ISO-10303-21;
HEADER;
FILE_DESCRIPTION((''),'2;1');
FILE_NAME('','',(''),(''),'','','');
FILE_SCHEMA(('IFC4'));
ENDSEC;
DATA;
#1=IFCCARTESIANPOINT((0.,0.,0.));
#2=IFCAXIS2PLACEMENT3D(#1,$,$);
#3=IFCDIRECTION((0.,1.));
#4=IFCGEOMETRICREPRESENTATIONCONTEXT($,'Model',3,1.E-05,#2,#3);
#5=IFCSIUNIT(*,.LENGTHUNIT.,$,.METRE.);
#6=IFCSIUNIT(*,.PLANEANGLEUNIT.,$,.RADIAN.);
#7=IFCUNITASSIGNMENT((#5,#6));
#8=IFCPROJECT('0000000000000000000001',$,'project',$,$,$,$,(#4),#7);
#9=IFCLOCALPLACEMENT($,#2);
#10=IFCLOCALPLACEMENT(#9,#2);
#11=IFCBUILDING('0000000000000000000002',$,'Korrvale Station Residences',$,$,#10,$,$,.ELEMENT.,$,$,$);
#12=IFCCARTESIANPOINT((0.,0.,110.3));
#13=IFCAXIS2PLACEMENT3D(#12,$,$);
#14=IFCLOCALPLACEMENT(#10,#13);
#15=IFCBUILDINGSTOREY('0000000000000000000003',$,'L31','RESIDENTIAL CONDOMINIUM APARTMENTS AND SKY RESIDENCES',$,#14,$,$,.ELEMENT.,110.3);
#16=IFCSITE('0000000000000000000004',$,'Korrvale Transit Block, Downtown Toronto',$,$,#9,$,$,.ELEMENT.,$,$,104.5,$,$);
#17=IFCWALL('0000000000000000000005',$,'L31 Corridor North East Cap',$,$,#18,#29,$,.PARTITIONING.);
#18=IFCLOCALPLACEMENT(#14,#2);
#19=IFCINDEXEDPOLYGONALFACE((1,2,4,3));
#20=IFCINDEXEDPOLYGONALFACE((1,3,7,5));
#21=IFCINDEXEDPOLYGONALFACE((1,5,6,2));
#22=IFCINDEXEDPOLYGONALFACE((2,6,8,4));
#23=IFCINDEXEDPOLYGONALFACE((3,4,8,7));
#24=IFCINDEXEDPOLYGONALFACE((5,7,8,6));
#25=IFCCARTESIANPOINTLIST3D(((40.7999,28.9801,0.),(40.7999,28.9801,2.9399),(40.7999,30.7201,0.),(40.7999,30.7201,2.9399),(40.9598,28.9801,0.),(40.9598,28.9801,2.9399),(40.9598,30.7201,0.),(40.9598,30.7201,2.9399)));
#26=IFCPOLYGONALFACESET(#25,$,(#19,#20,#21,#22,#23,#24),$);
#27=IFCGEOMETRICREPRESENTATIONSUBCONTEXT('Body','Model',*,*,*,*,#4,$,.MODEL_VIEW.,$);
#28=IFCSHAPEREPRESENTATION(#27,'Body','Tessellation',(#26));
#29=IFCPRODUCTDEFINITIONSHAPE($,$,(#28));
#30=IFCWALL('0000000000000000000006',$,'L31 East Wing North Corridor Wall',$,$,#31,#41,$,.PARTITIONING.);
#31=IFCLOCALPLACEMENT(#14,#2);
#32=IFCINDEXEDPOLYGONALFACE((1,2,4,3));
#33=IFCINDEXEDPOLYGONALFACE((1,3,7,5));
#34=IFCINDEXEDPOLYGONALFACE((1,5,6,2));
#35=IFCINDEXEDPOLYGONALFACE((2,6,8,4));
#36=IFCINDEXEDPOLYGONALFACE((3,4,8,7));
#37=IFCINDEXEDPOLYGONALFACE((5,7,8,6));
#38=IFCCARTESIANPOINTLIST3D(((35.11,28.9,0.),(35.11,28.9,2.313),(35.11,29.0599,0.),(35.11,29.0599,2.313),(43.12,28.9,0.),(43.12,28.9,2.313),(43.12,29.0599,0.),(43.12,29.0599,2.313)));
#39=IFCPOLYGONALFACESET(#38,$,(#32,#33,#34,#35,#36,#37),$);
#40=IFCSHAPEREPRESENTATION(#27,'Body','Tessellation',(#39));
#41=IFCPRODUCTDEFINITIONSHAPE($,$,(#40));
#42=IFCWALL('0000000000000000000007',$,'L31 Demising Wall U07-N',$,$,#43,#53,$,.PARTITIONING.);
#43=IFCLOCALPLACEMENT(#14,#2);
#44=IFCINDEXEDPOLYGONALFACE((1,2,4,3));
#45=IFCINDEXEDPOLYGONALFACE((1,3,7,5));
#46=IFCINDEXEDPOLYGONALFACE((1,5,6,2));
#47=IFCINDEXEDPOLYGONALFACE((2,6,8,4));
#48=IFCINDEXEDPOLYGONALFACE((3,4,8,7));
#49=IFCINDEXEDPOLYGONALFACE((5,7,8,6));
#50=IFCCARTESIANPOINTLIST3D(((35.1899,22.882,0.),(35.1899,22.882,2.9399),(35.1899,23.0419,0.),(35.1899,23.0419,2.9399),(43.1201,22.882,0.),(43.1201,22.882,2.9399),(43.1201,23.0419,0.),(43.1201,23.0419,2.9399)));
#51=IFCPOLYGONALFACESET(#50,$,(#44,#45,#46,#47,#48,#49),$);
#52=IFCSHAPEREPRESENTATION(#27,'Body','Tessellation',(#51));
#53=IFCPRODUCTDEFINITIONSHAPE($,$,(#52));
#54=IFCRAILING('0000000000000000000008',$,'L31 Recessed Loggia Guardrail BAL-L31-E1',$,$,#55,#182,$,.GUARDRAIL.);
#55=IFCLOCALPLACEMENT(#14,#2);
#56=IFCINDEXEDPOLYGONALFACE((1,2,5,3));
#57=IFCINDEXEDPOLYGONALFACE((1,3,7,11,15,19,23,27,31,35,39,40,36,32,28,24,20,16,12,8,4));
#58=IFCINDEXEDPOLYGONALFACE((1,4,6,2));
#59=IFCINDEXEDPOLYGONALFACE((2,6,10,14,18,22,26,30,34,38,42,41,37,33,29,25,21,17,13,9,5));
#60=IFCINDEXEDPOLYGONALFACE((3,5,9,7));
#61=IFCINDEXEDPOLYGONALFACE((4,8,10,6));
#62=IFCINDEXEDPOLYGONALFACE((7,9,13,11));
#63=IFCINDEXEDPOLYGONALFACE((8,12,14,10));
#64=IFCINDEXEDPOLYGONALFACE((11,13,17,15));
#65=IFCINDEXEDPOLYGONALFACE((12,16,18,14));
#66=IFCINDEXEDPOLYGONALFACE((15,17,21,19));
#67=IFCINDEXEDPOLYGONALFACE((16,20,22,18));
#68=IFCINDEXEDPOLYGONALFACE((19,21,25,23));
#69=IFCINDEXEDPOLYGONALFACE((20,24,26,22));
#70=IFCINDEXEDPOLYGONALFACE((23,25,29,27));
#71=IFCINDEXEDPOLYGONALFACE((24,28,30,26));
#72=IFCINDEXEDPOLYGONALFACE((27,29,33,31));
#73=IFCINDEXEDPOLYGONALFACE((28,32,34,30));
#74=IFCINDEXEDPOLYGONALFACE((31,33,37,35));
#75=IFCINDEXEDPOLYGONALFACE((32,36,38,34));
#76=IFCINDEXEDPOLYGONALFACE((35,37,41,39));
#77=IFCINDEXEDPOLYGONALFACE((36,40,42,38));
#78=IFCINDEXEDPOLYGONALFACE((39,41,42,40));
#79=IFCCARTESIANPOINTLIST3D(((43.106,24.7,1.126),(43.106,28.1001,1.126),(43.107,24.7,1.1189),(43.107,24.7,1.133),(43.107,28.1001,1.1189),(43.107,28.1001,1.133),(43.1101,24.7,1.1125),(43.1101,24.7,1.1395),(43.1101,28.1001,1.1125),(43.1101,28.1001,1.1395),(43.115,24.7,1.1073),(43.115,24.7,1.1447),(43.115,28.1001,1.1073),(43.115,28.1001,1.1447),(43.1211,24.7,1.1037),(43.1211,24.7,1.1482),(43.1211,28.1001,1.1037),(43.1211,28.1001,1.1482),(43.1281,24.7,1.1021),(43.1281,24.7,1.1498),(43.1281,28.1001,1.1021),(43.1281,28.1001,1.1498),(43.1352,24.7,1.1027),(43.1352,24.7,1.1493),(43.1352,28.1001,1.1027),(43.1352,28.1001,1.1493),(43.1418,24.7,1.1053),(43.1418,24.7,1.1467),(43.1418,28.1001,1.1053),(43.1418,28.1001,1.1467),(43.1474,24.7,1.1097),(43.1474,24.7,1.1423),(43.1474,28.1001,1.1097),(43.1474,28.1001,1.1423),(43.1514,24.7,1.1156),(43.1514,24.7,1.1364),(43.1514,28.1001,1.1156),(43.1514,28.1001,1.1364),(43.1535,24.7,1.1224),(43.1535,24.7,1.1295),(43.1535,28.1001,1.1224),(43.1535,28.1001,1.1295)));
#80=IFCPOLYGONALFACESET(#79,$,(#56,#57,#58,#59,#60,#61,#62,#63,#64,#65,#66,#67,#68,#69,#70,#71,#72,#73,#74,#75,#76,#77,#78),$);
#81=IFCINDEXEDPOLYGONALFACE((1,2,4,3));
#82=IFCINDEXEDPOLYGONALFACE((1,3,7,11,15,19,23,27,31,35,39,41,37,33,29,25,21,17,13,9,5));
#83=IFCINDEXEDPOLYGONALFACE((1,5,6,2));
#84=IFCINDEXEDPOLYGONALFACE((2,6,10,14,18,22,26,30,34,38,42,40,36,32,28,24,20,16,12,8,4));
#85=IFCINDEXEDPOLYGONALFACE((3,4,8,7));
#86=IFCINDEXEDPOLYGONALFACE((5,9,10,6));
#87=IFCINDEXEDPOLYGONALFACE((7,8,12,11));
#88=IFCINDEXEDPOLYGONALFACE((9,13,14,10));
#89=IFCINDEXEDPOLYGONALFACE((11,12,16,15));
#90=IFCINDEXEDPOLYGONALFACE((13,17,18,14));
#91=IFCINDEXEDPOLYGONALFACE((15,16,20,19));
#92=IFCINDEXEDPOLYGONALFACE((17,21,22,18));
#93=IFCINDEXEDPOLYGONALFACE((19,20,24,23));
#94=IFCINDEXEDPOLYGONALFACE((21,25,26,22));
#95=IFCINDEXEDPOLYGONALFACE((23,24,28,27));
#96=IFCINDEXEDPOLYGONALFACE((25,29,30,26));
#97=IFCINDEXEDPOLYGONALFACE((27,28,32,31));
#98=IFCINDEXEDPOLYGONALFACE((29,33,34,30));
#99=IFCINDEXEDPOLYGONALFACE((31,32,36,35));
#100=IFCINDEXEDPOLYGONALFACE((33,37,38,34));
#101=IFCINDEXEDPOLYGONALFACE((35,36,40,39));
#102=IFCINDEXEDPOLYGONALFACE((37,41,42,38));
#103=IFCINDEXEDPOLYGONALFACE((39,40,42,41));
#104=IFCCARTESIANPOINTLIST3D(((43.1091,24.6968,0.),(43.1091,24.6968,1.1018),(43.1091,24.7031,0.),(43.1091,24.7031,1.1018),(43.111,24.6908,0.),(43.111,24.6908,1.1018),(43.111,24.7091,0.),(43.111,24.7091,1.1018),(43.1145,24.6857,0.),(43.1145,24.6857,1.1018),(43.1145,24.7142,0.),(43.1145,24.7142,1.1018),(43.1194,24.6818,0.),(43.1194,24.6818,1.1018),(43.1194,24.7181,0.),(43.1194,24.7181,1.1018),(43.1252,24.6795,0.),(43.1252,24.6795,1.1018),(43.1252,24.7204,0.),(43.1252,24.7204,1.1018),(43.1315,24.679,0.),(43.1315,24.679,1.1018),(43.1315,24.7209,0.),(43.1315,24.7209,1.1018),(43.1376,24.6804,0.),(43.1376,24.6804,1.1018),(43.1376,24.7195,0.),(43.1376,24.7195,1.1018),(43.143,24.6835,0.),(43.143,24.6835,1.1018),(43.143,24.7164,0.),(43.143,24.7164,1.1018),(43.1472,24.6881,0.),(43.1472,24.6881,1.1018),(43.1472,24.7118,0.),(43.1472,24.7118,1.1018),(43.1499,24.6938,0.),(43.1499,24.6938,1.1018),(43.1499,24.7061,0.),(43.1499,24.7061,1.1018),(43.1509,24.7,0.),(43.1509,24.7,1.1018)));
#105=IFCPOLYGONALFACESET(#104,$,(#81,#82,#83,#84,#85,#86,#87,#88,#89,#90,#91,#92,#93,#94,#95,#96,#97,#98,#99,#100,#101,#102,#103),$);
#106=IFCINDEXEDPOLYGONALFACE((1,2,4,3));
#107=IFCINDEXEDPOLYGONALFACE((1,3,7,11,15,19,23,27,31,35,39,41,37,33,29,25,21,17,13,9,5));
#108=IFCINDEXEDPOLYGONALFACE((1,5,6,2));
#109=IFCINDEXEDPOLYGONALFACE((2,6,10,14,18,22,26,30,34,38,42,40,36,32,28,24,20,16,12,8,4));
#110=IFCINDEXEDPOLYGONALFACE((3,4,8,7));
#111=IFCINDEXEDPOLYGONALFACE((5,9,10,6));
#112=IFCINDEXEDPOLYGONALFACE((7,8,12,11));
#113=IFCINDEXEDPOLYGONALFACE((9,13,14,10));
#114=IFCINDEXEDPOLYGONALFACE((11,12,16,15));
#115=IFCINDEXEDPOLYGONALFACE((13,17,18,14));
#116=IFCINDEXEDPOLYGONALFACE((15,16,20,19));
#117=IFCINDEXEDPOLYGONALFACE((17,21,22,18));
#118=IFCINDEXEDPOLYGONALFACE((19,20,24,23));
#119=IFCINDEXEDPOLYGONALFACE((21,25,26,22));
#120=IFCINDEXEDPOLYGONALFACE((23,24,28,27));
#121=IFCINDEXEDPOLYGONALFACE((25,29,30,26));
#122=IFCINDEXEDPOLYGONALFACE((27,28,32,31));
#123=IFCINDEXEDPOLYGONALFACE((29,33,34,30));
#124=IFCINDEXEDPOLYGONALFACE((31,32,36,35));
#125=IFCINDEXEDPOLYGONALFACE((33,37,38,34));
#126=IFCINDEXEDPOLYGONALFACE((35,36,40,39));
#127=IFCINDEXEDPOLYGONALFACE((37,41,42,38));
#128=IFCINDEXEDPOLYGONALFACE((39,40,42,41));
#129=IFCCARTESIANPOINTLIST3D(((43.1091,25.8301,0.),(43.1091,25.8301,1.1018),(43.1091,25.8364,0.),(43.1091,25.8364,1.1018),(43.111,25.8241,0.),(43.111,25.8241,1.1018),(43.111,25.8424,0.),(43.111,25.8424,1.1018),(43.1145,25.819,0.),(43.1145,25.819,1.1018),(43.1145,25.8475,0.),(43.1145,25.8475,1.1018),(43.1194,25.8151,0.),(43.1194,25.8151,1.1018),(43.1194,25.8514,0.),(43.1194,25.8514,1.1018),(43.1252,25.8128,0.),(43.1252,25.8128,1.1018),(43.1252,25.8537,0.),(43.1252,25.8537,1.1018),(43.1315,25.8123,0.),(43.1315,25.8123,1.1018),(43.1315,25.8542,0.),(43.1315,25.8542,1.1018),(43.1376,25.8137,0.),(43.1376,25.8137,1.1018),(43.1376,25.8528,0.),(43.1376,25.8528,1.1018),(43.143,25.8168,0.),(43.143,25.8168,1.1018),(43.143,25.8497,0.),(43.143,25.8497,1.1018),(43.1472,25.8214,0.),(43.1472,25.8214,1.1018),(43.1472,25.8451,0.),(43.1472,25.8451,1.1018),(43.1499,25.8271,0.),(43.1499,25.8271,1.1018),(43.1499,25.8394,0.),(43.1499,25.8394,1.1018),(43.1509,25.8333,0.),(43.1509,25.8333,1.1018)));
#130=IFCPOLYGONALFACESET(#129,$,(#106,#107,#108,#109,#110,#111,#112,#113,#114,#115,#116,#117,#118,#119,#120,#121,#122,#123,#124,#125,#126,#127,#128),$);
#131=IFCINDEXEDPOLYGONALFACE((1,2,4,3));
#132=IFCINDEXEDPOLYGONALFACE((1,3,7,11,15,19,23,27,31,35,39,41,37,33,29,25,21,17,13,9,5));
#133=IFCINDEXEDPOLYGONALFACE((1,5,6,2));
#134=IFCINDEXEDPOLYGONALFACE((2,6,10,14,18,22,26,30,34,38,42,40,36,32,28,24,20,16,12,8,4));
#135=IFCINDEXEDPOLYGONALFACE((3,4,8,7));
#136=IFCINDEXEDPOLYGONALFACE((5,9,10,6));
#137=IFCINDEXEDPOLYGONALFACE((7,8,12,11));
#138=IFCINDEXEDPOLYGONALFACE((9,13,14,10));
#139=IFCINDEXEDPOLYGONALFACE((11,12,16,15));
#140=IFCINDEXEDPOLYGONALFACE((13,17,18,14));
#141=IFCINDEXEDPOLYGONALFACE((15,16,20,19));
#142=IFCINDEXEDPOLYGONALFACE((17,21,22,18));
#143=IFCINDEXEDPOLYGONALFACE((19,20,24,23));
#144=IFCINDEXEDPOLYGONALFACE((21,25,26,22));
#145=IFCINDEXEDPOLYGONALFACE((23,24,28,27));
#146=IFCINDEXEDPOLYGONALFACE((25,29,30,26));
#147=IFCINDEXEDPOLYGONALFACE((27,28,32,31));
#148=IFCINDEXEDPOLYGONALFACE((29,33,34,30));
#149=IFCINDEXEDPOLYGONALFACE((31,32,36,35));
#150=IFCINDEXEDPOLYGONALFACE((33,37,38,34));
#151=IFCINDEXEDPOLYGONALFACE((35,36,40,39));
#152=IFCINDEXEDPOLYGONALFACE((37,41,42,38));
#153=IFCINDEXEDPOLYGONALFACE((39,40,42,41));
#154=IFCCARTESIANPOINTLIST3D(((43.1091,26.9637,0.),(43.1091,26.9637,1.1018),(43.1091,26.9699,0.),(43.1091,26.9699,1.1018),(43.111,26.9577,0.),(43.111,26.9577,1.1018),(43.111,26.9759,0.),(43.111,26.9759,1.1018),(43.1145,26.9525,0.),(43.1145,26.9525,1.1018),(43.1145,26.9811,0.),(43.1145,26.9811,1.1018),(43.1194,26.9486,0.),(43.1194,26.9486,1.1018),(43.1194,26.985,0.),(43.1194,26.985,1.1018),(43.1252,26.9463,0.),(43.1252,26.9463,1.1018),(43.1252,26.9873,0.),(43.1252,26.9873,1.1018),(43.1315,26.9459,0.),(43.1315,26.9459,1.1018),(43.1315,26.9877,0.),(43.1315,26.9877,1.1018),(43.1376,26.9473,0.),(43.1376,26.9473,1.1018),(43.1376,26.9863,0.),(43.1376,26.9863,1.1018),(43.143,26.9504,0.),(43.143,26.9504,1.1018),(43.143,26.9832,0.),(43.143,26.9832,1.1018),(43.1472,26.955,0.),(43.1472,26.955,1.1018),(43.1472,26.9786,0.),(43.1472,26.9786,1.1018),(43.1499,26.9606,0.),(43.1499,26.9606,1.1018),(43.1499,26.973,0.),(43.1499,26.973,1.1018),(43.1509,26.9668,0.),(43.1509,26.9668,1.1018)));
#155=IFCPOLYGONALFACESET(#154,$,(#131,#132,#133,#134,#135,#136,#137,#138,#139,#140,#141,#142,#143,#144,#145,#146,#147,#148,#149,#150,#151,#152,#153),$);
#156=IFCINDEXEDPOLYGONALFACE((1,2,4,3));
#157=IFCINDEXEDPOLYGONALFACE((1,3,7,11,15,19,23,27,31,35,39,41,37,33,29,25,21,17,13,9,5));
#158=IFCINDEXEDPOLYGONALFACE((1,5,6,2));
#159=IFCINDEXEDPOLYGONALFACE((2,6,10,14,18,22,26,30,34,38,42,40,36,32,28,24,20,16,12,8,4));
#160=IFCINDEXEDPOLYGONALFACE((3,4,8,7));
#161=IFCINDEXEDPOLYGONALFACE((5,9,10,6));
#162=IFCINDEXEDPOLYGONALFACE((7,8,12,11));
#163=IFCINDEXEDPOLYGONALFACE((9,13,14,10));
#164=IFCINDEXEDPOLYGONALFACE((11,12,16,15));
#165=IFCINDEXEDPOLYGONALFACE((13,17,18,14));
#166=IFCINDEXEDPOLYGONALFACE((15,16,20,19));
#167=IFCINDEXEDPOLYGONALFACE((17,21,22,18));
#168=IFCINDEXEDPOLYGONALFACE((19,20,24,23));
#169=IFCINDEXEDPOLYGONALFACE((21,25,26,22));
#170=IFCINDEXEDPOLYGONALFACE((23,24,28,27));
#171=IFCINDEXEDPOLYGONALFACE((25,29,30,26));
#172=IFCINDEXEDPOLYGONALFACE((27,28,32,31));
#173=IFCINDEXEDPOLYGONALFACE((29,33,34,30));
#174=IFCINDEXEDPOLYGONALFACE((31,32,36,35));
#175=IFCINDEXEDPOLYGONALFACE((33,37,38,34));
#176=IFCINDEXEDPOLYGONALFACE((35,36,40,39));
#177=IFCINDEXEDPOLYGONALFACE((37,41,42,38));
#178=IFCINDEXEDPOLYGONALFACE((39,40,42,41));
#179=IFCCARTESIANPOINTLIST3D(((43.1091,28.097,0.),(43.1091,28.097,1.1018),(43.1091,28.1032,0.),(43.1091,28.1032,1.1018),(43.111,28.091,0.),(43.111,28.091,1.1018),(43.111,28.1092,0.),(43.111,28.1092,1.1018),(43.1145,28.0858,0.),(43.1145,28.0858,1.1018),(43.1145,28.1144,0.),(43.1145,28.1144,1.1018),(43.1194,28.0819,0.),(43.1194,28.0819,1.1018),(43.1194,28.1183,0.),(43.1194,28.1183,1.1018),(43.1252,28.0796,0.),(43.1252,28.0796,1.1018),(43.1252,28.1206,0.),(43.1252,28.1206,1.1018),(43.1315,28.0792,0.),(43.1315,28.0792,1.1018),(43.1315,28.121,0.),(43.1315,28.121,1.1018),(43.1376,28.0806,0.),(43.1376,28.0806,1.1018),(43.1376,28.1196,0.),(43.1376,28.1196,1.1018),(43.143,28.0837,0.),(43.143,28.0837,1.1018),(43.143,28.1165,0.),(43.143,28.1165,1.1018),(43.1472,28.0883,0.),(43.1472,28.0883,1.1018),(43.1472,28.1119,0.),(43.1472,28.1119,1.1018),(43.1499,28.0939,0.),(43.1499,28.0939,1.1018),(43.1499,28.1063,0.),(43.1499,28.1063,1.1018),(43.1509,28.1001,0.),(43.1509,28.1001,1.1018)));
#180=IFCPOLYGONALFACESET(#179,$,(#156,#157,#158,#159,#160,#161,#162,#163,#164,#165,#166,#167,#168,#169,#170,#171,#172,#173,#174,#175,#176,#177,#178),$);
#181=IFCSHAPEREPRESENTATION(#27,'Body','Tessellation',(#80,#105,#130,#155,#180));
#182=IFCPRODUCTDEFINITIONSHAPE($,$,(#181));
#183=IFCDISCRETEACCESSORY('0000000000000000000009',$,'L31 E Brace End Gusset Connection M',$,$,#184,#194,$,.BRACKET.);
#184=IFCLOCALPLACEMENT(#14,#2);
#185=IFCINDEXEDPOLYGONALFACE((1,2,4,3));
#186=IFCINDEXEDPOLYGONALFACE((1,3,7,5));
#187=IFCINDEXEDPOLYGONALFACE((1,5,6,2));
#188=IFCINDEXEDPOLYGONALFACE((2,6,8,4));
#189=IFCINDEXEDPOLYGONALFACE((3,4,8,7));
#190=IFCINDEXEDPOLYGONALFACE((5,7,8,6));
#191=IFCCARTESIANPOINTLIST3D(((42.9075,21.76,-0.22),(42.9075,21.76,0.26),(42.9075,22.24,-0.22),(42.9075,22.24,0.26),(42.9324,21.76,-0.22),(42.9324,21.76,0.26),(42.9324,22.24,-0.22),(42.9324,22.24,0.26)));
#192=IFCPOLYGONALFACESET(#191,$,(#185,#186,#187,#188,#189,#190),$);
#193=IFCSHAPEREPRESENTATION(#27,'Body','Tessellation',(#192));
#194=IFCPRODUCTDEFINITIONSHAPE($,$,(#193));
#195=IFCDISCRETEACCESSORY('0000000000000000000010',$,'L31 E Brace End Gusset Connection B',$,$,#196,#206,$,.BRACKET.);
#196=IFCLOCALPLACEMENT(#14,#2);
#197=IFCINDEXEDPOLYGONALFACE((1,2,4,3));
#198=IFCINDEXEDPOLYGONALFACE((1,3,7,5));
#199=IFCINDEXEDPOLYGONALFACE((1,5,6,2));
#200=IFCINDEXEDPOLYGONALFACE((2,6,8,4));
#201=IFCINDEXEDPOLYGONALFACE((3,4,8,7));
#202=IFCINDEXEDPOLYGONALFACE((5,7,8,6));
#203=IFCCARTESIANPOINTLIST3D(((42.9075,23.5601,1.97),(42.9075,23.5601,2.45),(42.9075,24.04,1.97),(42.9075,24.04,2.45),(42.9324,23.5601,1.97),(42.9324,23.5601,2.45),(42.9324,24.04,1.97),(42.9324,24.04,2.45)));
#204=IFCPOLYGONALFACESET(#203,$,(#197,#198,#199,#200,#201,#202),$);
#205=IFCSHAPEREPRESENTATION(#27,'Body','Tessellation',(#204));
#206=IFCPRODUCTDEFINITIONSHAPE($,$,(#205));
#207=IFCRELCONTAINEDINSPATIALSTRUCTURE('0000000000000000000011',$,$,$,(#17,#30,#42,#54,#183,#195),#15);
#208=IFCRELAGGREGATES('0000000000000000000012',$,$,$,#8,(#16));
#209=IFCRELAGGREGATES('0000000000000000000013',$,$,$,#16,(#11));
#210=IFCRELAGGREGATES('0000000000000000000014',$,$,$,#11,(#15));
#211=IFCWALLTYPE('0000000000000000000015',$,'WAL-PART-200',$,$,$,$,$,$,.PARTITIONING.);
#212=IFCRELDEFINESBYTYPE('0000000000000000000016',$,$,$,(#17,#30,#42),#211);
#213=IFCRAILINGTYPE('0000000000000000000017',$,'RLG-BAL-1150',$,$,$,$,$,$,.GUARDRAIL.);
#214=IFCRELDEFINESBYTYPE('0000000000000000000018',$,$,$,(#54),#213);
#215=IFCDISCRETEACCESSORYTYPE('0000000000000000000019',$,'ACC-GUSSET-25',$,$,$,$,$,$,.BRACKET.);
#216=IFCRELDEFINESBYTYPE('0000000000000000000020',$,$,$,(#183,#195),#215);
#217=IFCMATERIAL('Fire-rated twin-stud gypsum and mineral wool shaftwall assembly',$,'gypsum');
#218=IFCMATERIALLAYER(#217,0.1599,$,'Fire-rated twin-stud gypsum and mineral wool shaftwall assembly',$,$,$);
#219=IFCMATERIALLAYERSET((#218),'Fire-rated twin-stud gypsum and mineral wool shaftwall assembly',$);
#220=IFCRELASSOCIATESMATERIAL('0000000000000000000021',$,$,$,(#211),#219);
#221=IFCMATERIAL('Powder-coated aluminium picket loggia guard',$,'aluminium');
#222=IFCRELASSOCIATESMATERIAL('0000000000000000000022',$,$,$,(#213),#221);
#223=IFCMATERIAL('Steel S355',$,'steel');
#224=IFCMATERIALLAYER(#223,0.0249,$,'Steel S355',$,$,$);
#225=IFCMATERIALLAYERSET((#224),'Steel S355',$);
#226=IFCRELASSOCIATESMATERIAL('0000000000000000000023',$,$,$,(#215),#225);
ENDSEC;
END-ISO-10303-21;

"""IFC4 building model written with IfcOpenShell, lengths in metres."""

from ifc_helpers import new_model, si_unit, direction, frame, frame_2d, origin, origin_2d, place, context, subcontext, project, spatial, rectangle, circle, extrude, material, layer, layer_set, type_object, element, save


model = new_model("IFC4")

# Units and contexts
model_context = context("Model", 3, precision=1e-05, world=origin(), true_north=direction((0.0, 1.0)))
body_context = subcontext(model_context, "Body", "Model", "MODEL_VIEW")
ifc_project = project(units=[si_unit("LENGTHUNIT", "METRE"), si_unit("PLANEANGLEUNIT", "RADIAN")], contexts=[model_context])

# Site, building, storey
site_placement = place(None, origin())
site = spatial("IfcSite", under=ifc_project, at=site_placement, Name="Korrvale Transit Block, Downtown Toronto", CompositionType="ELEMENT", RefElevation=104.5)
building_placement = place(site_placement, origin())
building = spatial("IfcBuilding", under=site, at=building_placement, Name="Korrvale Station Residences", CompositionType="ELEMENT")
storey_placement = place(building_placement, frame((0.0, 0.0, 110.3)))
storey = spatial("IfcBuildingStorey", under=building, at=storey_placement, Name="L31", Description="RESIDENTIAL CONDOMINIUM APARTMENTS AND SKY RESIDENCES", CompositionType="ELEMENT", Elevation=110.3)

# Shared definitions
ifc_material_1 = material(Name="Steel S355", Category="steel")

# Walls
ifc_material_2 = material(Name="Fire-rated twin-stud gypsum and mineral wool shaftwall assembly", Category="gypsum")
ifc_layer_1 = layer(ifc_material_2, 0.1599, Name="Fire-rated twin-stud gypsum and mineral wool shaftwall assembly")
ifc_layer_set_1 = layer_set([ifc_layer_1], Name="Fire-rated twin-stud gypsum and mineral wool shaftwall assembly")
wall_type_1 = type_object("IfcWallType", Name="WAL-PART-200", PredefinedType="PARTITIONING", material=ifc_layer_set_1)
wall_1_placement = place(storey_placement, frame((40.8799, 28.98, 0.0), z_axis=(0.0, 0.0, 1.0), x_axis=(0.0, 1.0, 0.0)))
element("IfcWall", 1, at=wall_1_placement, inside=storey, type_object=wall_type_1, Name="L31 Corridor North East Cap", PredefinedType="PARTITIONING", context=body_context, shape_type="SweptSolid", body=[
    extrude(rectangle(XDim=1.74, YDim=0.1599, at=frame_2d((0.8701, 0.0))), origin(), (0.0, 0.0, 1.0), 2.9399),
])
wall_2_placement = place(storey_placement, frame((35.1101, 28.98, 0.0), z_axis=(0.0, 0.0, 1.0), x_axis=(1.0, 0.0, 0.0)))
element("IfcWall", 2, at=wall_2_placement, inside=storey, type_object=wall_type_1, Name="L31 East Wing North Corridor Wall", PredefinedType="PARTITIONING", context=body_context, shape_type="SweptSolid", body=[
    extrude(rectangle(XDim=8.01, YDim=0.1599, at=frame_2d((4.0049, 0.0))), origin(), (0.0, 0.0, 1.0), 2.313),
])
wall_3_placement = place(storey_placement, frame((35.1899, 22.9619, 0.0), z_axis=(0.0, 0.0, 1.0), x_axis=(1.0, 0.0, 0.0)))
element("IfcWall", 3, at=wall_3_placement, inside=storey, type_object=wall_type_1, Name="L31 Demising Wall U07-N", PredefinedType="PARTITIONING", context=body_context, shape_type="SweptSolid", body=[
    extrude(rectangle(XDim=7.9302, YDim=0.1599, at=frame_2d((3.9651, 0.0))), origin(), (0.0, 0.0, 1.0), 2.9399),
])

# Railing
ifc_material_3 = material(Name="Powder-coated aluminium picket loggia guard", Category="aluminium")
railing_type = type_object("IfcRailingType", Name="RLG-BAL-1150", PredefinedType="GUARDRAIL", material=ifc_material_3)
railing_placement = place(storey_placement, frame((43.1299, 24.7, 0.0)))
element("IfcRailing", 4, at=railing_placement, inside=storey, type_object=railing_type, Name="L31 Recessed Loggia Guardrail BAL-L31-E1", PredefinedType="GUARDRAIL", context=body_context, shape_type="SweptSolid", body=[
    extrude(circle(Radius=0.0239, at=origin_2d()), frame((0.0, 0.0, 1.126), z_axis=(0.0, 1.0, 0.0), x_axis=(-1.0, 0.0, 0.0)), (0.0, 0.0, 1.0), 3.4001),
    extrude(circle(Radius=0.021, at=origin_2d()), origin(), (0.0, 0.0, 1.0), 1.1018),
    extrude(circle(Radius=0.021, at=origin_2d()), frame((0.0, 1.1333, 0.0)), (0.0, 0.0, 1.0), 1.1018),
    extrude(circle(Radius=0.021, at=origin_2d()), frame((0.0, 2.2668, 0.0)), (0.0, 0.0, 1.0), 1.1018),
    extrude(circle(Radius=0.021, at=origin_2d()), frame((0.0, 3.4001, 0.0)), (0.0, 0.0, 1.0), 1.1018),
])

# Discrete accessories
ifc_layer_2 = layer(ifc_material_1, 0.0249, Name="Steel S355")
ifc_layer_set_2 = layer_set([ifc_layer_2], Name="Steel S355")
discrete_accessory_type = type_object("IfcDiscreteAccessoryType", Name="ACC-GUSSET-25", PredefinedType="BRACKET", material=ifc_layer_set_2)
for number, where, z_axis, x_axis, name in (
    (5, (42.9199, 22.0, -0.22), (0.0, 0.0, 1.0), (0.0, 1.0, 0.0), "L31 E Brace End Gusset Connection M"),
    (6, (42.9199, 23.8, 1.97), (0.0, 0.0, 1.0), (0.0, 1.0, 0.0), "L31 E Brace End Gusset Connection B"),
):
    element("IfcDiscreteAccessory", number, at=place(storey_placement, frame(where, z_axis=z_axis, x_axis=x_axis)), inside=storey, type_object=discrete_accessory_type, Name=name, PredefinedType="BRACKET", context=body_context, shape_type="SweptSolid", body=[
        extrude(rectangle(XDim=0.48, YDim=0.0249, at=origin_2d()), origin(), (0.0, 0.0, 1.0), 0.48),
    ])

save(model, "model.ifc")
